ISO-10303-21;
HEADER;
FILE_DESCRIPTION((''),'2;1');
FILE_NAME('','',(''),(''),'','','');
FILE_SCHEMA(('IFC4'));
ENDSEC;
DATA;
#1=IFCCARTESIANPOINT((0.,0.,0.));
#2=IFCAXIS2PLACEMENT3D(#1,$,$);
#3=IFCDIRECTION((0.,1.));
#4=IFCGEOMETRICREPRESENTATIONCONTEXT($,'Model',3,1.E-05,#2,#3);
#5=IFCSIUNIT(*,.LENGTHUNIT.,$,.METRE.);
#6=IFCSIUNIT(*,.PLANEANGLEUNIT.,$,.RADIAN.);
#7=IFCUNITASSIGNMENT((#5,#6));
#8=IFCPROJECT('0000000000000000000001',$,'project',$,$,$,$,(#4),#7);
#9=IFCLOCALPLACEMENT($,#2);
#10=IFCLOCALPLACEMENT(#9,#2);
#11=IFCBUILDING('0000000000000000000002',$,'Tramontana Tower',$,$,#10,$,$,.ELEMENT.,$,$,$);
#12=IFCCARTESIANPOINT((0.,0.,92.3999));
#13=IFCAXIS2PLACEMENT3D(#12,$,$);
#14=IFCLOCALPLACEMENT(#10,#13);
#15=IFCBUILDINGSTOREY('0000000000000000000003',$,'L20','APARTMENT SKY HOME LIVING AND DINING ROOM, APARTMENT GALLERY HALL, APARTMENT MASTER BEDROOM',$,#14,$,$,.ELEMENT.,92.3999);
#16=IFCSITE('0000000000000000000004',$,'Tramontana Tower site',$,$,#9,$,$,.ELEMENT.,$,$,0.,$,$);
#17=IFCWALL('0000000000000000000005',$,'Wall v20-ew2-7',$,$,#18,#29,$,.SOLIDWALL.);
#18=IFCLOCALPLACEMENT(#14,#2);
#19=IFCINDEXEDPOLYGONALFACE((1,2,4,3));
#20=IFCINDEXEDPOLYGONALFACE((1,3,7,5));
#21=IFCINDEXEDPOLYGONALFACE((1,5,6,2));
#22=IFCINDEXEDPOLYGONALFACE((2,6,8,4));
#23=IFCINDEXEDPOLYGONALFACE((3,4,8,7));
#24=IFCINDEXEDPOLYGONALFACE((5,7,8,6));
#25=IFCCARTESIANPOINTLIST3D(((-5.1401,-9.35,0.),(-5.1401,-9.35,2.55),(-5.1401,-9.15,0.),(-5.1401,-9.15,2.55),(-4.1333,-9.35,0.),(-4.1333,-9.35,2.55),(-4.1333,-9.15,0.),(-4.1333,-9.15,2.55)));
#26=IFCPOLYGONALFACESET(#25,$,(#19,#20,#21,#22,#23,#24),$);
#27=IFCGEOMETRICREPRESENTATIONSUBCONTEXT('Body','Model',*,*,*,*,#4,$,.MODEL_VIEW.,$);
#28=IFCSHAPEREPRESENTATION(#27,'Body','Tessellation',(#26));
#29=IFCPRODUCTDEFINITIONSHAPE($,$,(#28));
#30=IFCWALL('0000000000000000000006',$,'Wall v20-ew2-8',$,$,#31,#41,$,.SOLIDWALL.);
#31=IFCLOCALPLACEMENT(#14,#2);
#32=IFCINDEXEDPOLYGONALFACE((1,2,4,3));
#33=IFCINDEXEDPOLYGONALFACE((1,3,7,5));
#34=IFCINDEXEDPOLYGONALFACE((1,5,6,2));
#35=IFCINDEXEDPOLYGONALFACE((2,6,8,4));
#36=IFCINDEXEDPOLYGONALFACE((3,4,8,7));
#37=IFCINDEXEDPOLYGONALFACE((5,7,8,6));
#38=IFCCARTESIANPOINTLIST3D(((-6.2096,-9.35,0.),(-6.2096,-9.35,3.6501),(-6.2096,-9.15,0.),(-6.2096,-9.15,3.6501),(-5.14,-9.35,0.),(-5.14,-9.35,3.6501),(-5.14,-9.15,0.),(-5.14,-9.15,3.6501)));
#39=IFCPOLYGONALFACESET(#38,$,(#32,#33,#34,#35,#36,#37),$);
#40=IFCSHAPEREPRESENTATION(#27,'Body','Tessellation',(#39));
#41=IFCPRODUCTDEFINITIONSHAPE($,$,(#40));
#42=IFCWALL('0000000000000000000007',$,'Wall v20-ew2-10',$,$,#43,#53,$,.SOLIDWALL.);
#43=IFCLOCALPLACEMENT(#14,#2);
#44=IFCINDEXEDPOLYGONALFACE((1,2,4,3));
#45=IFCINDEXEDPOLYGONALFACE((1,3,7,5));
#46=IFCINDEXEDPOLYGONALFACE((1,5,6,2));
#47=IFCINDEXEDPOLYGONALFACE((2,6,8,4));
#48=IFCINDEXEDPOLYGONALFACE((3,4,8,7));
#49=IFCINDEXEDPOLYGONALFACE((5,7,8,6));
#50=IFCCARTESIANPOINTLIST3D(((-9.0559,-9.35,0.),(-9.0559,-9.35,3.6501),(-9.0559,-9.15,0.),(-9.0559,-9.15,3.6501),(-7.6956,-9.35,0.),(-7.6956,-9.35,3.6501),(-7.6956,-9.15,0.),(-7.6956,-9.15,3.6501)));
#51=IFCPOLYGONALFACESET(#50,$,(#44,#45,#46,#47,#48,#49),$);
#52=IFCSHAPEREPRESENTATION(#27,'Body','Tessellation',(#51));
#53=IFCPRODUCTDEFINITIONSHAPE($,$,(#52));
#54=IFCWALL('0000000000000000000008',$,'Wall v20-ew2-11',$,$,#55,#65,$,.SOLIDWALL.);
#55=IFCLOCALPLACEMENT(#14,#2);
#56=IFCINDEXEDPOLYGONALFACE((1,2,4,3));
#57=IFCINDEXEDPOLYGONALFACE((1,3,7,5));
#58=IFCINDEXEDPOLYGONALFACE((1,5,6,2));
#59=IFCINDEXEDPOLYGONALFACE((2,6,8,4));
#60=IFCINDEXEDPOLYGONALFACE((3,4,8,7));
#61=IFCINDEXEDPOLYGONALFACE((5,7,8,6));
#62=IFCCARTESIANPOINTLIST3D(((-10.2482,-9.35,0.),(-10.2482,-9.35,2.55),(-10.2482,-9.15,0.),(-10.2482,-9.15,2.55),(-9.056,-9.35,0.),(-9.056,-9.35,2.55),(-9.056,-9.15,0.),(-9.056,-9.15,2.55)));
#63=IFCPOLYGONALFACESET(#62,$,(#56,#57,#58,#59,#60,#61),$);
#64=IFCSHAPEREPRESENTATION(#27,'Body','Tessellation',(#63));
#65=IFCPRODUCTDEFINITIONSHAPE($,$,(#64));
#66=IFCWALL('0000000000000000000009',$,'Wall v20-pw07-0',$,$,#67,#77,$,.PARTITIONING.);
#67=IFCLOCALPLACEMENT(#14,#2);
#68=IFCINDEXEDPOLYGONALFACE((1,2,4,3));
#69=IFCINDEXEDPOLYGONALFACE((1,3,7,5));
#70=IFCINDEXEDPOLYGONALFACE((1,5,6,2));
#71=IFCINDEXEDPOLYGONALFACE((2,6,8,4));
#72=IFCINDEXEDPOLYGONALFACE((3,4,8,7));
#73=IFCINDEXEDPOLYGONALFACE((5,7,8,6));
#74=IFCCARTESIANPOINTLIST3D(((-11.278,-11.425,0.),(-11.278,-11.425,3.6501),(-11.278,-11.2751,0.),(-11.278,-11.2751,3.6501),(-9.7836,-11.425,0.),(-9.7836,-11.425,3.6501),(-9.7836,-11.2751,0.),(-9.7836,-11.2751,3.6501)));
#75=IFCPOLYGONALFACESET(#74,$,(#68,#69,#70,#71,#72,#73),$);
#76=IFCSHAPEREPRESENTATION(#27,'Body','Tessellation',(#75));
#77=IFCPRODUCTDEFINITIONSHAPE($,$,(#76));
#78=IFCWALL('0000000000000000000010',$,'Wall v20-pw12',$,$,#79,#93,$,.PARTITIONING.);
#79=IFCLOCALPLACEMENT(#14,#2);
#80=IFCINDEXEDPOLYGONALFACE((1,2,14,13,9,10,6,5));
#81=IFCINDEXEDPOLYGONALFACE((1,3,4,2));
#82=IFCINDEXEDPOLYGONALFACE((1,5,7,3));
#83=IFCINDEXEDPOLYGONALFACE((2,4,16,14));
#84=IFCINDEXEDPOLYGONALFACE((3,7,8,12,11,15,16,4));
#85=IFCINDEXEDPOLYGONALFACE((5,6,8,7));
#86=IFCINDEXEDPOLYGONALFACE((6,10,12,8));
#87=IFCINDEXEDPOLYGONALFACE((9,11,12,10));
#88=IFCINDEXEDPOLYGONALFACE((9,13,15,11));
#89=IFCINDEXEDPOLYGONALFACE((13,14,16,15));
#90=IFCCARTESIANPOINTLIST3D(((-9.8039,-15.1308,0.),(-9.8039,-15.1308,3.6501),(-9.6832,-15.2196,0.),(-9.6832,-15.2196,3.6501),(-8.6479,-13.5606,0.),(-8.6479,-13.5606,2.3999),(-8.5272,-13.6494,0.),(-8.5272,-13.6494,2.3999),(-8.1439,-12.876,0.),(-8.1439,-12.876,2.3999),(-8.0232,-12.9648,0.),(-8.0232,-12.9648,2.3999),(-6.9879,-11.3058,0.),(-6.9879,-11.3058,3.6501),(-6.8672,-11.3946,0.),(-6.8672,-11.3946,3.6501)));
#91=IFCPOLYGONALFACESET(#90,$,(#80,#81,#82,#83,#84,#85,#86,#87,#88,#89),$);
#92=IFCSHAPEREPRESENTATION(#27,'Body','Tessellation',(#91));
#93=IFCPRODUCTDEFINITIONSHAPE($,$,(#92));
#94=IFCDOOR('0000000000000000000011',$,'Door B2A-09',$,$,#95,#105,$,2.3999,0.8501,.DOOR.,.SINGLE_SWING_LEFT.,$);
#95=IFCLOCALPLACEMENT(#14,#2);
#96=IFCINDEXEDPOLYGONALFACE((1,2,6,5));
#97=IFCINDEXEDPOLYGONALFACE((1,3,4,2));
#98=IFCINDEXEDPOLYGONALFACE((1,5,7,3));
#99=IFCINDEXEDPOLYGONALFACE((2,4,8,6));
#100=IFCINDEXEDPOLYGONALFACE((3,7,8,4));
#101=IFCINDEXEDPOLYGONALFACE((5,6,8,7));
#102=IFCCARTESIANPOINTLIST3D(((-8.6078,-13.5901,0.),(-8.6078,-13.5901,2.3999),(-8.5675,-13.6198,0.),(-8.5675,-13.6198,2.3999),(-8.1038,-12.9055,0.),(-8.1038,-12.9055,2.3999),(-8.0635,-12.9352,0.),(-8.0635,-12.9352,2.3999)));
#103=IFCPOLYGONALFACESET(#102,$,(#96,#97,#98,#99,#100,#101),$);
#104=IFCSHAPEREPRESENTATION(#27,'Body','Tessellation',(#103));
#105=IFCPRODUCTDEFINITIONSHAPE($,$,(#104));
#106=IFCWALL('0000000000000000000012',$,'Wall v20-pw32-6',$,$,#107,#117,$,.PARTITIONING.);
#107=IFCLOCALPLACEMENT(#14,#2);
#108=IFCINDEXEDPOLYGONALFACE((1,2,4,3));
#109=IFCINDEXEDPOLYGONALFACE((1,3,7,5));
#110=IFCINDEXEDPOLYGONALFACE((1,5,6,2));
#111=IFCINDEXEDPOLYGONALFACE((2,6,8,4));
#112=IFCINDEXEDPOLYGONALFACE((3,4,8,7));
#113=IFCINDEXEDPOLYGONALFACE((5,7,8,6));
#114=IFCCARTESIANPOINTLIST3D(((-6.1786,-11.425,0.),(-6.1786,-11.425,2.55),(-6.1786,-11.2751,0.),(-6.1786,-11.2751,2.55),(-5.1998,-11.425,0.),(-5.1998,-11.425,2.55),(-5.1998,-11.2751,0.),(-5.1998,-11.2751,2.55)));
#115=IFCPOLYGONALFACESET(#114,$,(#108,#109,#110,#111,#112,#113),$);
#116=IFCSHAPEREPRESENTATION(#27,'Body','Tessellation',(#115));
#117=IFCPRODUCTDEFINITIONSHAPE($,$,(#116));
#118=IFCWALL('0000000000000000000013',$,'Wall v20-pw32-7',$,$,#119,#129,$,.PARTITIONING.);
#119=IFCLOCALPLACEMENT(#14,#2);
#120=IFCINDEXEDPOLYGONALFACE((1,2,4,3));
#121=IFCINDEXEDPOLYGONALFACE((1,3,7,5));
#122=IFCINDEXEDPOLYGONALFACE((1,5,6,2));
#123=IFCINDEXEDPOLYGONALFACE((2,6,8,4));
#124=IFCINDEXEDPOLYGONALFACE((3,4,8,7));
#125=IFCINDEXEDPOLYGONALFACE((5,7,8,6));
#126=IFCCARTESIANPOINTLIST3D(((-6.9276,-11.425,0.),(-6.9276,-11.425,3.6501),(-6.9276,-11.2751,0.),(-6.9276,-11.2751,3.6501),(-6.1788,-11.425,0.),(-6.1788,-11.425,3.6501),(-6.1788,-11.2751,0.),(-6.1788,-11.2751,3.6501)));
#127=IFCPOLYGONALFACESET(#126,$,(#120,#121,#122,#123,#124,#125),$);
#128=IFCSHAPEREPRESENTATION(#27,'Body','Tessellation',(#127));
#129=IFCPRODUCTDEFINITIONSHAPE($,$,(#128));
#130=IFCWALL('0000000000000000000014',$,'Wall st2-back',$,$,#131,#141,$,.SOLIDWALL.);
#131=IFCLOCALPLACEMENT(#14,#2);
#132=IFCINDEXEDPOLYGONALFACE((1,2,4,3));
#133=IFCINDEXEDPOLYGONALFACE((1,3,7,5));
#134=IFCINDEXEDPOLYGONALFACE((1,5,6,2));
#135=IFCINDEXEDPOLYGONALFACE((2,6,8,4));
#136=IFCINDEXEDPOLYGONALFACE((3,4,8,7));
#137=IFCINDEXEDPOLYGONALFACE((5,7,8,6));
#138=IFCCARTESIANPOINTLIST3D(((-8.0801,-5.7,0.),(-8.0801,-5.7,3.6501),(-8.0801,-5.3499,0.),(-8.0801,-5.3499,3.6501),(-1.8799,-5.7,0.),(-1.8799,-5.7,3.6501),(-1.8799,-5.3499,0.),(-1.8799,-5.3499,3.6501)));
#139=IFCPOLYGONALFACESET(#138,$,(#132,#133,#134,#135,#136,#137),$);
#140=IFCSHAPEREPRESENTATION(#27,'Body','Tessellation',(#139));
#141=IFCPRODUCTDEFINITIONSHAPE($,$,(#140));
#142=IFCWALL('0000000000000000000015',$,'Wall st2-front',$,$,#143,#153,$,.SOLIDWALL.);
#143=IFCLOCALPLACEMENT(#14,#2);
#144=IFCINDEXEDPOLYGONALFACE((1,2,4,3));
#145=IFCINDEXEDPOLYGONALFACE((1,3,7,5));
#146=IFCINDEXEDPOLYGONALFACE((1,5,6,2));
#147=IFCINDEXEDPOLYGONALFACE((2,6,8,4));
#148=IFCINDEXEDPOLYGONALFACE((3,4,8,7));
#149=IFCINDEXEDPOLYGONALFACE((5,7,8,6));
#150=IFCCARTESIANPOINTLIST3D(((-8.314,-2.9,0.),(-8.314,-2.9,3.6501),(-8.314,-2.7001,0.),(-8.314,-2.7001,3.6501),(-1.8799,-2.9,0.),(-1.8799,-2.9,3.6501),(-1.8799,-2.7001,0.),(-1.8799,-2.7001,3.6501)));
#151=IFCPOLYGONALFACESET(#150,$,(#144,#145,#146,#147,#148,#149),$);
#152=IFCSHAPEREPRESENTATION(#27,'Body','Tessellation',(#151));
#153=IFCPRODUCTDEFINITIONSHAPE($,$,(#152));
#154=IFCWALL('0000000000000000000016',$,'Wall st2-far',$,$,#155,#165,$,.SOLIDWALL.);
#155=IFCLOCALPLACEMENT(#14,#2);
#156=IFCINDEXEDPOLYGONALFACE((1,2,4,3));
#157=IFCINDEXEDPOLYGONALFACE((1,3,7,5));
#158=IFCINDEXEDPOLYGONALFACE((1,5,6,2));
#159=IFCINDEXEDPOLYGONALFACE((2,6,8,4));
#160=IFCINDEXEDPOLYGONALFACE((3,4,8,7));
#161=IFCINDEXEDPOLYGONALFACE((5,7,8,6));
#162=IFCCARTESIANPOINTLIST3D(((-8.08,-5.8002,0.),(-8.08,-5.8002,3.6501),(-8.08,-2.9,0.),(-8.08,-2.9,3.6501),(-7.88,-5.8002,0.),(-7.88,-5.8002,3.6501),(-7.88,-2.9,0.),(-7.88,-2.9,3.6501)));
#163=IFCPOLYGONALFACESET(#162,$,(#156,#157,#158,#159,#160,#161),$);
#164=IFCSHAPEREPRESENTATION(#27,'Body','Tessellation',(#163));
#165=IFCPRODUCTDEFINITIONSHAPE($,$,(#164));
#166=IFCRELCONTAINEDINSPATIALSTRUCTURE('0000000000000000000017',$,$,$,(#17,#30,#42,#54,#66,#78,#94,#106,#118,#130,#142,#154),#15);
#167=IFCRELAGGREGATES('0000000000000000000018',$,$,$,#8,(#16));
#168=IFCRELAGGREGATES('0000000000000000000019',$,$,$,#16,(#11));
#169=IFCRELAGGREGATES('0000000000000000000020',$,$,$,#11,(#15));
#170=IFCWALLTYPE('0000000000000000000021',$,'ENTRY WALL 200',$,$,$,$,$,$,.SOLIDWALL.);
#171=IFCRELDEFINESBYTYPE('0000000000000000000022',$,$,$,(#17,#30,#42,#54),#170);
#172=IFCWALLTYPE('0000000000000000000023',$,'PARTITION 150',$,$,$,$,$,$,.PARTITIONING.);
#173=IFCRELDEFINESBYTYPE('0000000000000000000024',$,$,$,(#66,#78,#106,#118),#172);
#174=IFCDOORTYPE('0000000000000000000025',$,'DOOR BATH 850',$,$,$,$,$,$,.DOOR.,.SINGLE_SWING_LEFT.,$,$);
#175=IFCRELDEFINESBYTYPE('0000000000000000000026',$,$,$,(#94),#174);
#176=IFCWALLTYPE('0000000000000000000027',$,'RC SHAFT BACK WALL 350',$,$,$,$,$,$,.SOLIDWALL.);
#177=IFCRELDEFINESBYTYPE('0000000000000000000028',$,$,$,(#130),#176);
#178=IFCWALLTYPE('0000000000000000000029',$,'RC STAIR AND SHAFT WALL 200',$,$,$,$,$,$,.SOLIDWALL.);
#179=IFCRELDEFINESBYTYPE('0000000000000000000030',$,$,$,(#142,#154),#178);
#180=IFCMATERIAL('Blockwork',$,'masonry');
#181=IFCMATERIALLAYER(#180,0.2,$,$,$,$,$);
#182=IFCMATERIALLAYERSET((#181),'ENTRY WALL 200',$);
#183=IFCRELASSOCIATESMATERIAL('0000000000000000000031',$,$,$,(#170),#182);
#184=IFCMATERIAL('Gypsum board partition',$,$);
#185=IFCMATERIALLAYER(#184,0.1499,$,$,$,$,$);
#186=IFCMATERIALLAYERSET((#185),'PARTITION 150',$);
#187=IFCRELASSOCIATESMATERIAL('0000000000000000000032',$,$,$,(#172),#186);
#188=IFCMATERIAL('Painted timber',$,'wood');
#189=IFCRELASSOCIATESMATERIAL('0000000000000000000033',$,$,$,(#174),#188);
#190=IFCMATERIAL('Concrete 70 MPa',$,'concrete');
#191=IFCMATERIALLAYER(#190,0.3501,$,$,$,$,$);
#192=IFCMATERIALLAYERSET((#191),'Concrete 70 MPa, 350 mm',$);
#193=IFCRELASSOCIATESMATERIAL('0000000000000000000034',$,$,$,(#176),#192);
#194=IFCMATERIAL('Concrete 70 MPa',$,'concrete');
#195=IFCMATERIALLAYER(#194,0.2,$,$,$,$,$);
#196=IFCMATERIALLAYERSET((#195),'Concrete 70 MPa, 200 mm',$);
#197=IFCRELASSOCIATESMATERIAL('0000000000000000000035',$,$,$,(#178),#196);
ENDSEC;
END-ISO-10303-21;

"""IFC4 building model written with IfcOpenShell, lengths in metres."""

from ifc_helpers import new_model, si_unit, direction, frame, frame_2d, origin, place, context, subcontext, project, spatial, rectangle, extrude, material, layer, layer_set, type_object, element, fill, save


model = new_model("IFC4")

# Units and contexts
model_context = context("Model", 3, precision=1e-05, world=origin(), true_north=direction((0.0, 1.0)))
body_context = subcontext(model_context, "Body", "Model", "MODEL_VIEW")
ifc_project = project(units=[si_unit("LENGTHUNIT", "METRE"), si_unit("PLANEANGLEUNIT", "RADIAN")], contexts=[model_context])

# Site, building, storey
site_placement = place(None, origin())
site = spatial("IfcSite", under=ifc_project, at=site_placement, Name="Tramontana Tower site", CompositionType="ELEMENT", RefElevation=0.0)
building_placement = place(site_placement, origin())
building = spatial("IfcBuilding", under=site, at=building_placement, Name="Tramontana Tower", CompositionType="ELEMENT")
storey_placement = place(building_placement, frame((0.0, 0.0, 92.3999)))
storey = spatial("IfcBuildingStorey", under=building, at=storey_placement, Name="L20", Description="APARTMENT SKY HOME LIVING AND DINING ROOM, APARTMENT GALLERY HALL, APARTMENT MASTER BEDROOM", CompositionType="ELEMENT", Elevation=92.3999)

# Walls
ifc_material_1 = material(Name="Blockwork", Category="masonry")
ifc_layer_1 = layer(ifc_material_1, 0.2)
ifc_layer_set_1 = layer_set([ifc_layer_1], Name="ENTRY WALL 200")
wall_type_1 = type_object("IfcWallType", Name="ENTRY WALL 200", PredefinedType="SOLIDWALL", material=ifc_layer_set_1)
wall_1_placement = place(storey_placement, frame((-4.1333, -9.25, 0.0), z_axis=(0.0, 0.0, 1.0), x_axis=(-1.0, 0.0, 0.0)))
element("IfcWall", 1, at=wall_1_placement, inside=storey, type_object=wall_type_1, Name="Wall v20-ew2-7", PredefinedType="SOLIDWALL", context=body_context, shape_type="SweptSolid", body=[
    extrude(rectangle(XDim=1.0068, YDim=0.2, at=frame_2d((0.5034, 0.0))), origin(), (0.0, 0.0, 1.0), 2.55),
])
wall_2_placement = place(storey_placement, frame((-5.1401, -9.25, 0.0), z_axis=(0.0, 0.0, 1.0), x_axis=(-1.0, 0.0, 0.0)))
element("IfcWall", 2, at=wall_2_placement, inside=storey, type_object=wall_type_1, Name="Wall v20-ew2-8", PredefinedType="SOLIDWALL", context=body_context, shape_type="SweptSolid", body=[
    extrude(rectangle(XDim=1.0696, YDim=0.2, at=frame_2d((0.5347, 0.0))), origin(), (0.0, 0.0, 1.0), 3.6501),
])

# Walls
wall_3_placement = place(storey_placement, frame((-7.6956, -9.25, 0.0), z_axis=(0.0, 0.0, 1.0), x_axis=(-1.0, 0.0, 0.0)))
element("IfcWall", 3, at=wall_3_placement, inside=storey, type_object=wall_type_1, Name="Wall v20-ew2-10", PredefinedType="SOLIDWALL", context=body_context, shape_type="SweptSolid", body=[
    extrude(rectangle(XDim=1.3604, YDim=0.2, at=frame_2d((0.6802, 0.0))), origin(), (0.0, 0.0, 1.0), 3.6501),
])
wall_4_placement = place(storey_placement, frame((-9.0559, -9.25, 0.0), z_axis=(0.0, 0.0, 1.0), x_axis=(-1.0, 0.0, 0.0)))
element("IfcWall", 4, at=wall_4_placement, inside=storey, type_object=wall_type_1, Name="Wall v20-ew2-11", PredefinedType="SOLIDWALL", context=body_context, shape_type="SweptSolid", body=[
    extrude(rectangle(XDim=1.1921, YDim=0.2, at=frame_2d((0.5962, 0.0))), origin(), (0.0, 0.0, 1.0), 2.55),
])
ifc_material_2 = material(Name="Gypsum board partition")
ifc_layer_2 = layer(ifc_material_2, 0.1499)
ifc_layer_set_2 = layer_set([ifc_layer_2], Name="PARTITION 150")
wall_type_2 = type_object("IfcWallType", Name="PARTITION 150", PredefinedType="PARTITIONING", material=ifc_layer_set_2)
wall_5_placement = place(storey_placement, frame((-9.7837, -11.3501, 0.0), z_axis=(0.0, 0.0, 1.0), x_axis=(-1.0, 0.0, 0.0)))
element("IfcWall", 5, at=wall_5_placement, inside=storey, type_object=wall_type_2, Name="Wall v20-pw07-0", PredefinedType="PARTITIONING", context=body_context, shape_type="SweptSolid", body=[
    extrude(rectangle(XDim=1.4944, YDim=0.1499, at=frame_2d((0.7471, 0.0))), origin(), (0.0, 0.0, 1.0), 3.6501),
])

# Wall, opening, door
wall_6_placement = place(storey_placement, frame((-6.9275, -11.3501, 0.0), z_axis=(0.0, 0.0, 1.0), x_axis=(-0.592862, -0.805304, 0.0)))
wall_6 = element("IfcWall", 6, at=wall_6_placement, inside=storey, type_object=wall_type_2, Name="Wall v20-pw12", PredefinedType="PARTITIONING", context=body_context, shape_type="SweptSolid", body=[
    extrude(rectangle(XDim=4.7498, YDim=0.1499, at=frame_2d((2.375, 0.0))), origin(), (0.0, 0.0, 1.0), 3.6501),
])
opening_1_placement = place(wall_6_placement, frame((1.95, 0.0, 0.0)))
opening_1 = element("IfcOpeningElement", 7, at=opening_1_placement, cuts=wall_6, PredefinedType="OPENING", context=body_context, shape_type="SweptSolid", body=[
    extrude(rectangle(XDim=0.8501, YDim=2.3999, at=frame_2d((0.425, 1.2))), frame((0.0, 0.085, 0.0), z_axis=(0.0, -1.0, 0.0), x_axis=(1.0, 0.0, 0.0)), (0.0, 0.0, 1.0), 0.1699),
])
ifc_material_3 = material(Name="Painted timber", Category="wood")
door_type_1 = type_object("IfcDoorType", Name="DOOR BATH 850", OperationType="SINGLE_SWING_LEFT", PredefinedType="DOOR", material=ifc_material_3)
door_1_placement = place(opening_1_placement, origin())
door_1 = element("IfcDoor", 8, at=door_1_placement, inside=storey, type_object=door_type_1, Name="Door B2A-09", OperationType="SINGLE_SWING_LEFT", OverallHeight=2.3999, OverallWidth=0.8501, PredefinedType="DOOR", context=body_context, shape_type="SweptSolid", body=[
    extrude(rectangle(XDim=0.8501, YDim=2.3999, at=frame_2d((0.425, 1.2))), frame((0.0, 0.0249, 0.0), z_axis=(0.0, -1.0, 0.0), x_axis=(1.0, 0.0, 0.0)), (0.0, 0.0, 1.0), 0.05),
])
fill(opening_1, door_1)

# Walls
wall_7_placement = place(storey_placement, frame((-5.2, -11.3501, 0.0), z_axis=(0.0, 0.0, 1.0), x_axis=(-1.0, 0.0, 0.0)))
element("IfcWall", 9, at=wall_7_placement, inside=storey, type_object=wall_type_2, Name="Wall v20-pw32-6", PredefinedType="PARTITIONING", context=body_context, shape_type="SweptSolid", body=[
    extrude(rectangle(XDim=0.9788, YDim=0.1499, at=frame_2d((0.4893, 0.0))), origin(), (0.0, 0.0, 1.0), 2.55),
])
wall_8_placement = place(storey_placement, frame((-6.1787, -11.3501, 0.0), z_axis=(0.0, 0.0, 1.0), x_axis=(-1.0, 0.0, 0.0)))
element("IfcWall", 10, at=wall_8_placement, inside=storey, type_object=wall_type_2, Name="Wall v20-pw32-7", PredefinedType="PARTITIONING", context=body_context, shape_type="SweptSolid", body=[
    extrude(rectangle(XDim=0.7488, YDim=0.1499, at=frame_2d((0.3745, 0.0))), origin(), (0.0, 0.0, 1.0), 3.6501),
])
ifc_material_4 = material(Name="Concrete 70 MPa", Category="concrete")
ifc_layer_3 = layer(ifc_material_4, 0.3501)
ifc_layer_set_3 = layer_set([ifc_layer_3], Name="Concrete 70 MPa, 350 mm")
wall_type_3 = type_object("IfcWallType", Name="RC SHAFT BACK WALL 350", PredefinedType="SOLIDWALL", material=ifc_layer_set_3)
wall_9_placement = place(storey_placement, frame((-8.0801, -5.5249, 0.0), z_axis=(0.0, 0.0, 1.0), x_axis=(1.0, 0.0, 0.0)))
element("IfcWall", 11, at=wall_9_placement, inside=storey, type_object=wall_type_3, Name="Wall st2-back", PredefinedType="SOLIDWALL", context=body_context, shape_type="SweptSolid", body=[
    extrude(rectangle(XDim=6.2002, YDim=0.3501, at=frame_2d((3.1001, 0.0))), origin(), (0.0, 0.0, 1.0), 3.6501),
])
ifc_material_5 = material(Name="Concrete 70 MPa", Category="concrete")
ifc_layer_4 = layer(ifc_material_5, 0.2)
ifc_layer_set_4 = layer_set([ifc_layer_4], Name="Concrete 70 MPa, 200 mm")
wall_type_4 = type_object("IfcWallType", Name="RC STAIR AND SHAFT WALL 200", PredefinedType="SOLIDWALL", material=ifc_layer_set_4)
wall_10_placement = place(storey_placement, frame((-8.314, -2.8, 0.0), z_axis=(0.0, 0.0, 1.0), x_axis=(1.0, 0.0, 0.0)))
element("IfcWall", 12, at=wall_10_placement, inside=storey, type_object=wall_type_4, Name="Wall st2-front", PredefinedType="SOLIDWALL", context=body_context, shape_type="SweptSolid", body=[
    extrude(rectangle(XDim=6.4341, YDim=0.2, at=frame_2d((3.217, 0.0))), origin(), (0.0, 0.0, 1.0), 3.6501),
])
wall_11_placement = place(storey_placement, frame((-7.98, -2.8999, 0.0), z_axis=(0.0, 0.0, 1.0), x_axis=(0.0, -1.0, 0.0)))
element("IfcWall", 13, at=wall_11_placement, inside=storey, type_object=wall_type_4, Name="Wall st2-far", PredefinedType="SOLIDWALL", context=body_context, shape_type="SweptSolid", body=[
    extrude(rectangle(XDim=2.9001, YDim=0.2, at=frame_2d((1.4502, 0.0))), origin(), (0.0, 0.0, 1.0), 3.6501),
])

save(model, "model.ifc")
